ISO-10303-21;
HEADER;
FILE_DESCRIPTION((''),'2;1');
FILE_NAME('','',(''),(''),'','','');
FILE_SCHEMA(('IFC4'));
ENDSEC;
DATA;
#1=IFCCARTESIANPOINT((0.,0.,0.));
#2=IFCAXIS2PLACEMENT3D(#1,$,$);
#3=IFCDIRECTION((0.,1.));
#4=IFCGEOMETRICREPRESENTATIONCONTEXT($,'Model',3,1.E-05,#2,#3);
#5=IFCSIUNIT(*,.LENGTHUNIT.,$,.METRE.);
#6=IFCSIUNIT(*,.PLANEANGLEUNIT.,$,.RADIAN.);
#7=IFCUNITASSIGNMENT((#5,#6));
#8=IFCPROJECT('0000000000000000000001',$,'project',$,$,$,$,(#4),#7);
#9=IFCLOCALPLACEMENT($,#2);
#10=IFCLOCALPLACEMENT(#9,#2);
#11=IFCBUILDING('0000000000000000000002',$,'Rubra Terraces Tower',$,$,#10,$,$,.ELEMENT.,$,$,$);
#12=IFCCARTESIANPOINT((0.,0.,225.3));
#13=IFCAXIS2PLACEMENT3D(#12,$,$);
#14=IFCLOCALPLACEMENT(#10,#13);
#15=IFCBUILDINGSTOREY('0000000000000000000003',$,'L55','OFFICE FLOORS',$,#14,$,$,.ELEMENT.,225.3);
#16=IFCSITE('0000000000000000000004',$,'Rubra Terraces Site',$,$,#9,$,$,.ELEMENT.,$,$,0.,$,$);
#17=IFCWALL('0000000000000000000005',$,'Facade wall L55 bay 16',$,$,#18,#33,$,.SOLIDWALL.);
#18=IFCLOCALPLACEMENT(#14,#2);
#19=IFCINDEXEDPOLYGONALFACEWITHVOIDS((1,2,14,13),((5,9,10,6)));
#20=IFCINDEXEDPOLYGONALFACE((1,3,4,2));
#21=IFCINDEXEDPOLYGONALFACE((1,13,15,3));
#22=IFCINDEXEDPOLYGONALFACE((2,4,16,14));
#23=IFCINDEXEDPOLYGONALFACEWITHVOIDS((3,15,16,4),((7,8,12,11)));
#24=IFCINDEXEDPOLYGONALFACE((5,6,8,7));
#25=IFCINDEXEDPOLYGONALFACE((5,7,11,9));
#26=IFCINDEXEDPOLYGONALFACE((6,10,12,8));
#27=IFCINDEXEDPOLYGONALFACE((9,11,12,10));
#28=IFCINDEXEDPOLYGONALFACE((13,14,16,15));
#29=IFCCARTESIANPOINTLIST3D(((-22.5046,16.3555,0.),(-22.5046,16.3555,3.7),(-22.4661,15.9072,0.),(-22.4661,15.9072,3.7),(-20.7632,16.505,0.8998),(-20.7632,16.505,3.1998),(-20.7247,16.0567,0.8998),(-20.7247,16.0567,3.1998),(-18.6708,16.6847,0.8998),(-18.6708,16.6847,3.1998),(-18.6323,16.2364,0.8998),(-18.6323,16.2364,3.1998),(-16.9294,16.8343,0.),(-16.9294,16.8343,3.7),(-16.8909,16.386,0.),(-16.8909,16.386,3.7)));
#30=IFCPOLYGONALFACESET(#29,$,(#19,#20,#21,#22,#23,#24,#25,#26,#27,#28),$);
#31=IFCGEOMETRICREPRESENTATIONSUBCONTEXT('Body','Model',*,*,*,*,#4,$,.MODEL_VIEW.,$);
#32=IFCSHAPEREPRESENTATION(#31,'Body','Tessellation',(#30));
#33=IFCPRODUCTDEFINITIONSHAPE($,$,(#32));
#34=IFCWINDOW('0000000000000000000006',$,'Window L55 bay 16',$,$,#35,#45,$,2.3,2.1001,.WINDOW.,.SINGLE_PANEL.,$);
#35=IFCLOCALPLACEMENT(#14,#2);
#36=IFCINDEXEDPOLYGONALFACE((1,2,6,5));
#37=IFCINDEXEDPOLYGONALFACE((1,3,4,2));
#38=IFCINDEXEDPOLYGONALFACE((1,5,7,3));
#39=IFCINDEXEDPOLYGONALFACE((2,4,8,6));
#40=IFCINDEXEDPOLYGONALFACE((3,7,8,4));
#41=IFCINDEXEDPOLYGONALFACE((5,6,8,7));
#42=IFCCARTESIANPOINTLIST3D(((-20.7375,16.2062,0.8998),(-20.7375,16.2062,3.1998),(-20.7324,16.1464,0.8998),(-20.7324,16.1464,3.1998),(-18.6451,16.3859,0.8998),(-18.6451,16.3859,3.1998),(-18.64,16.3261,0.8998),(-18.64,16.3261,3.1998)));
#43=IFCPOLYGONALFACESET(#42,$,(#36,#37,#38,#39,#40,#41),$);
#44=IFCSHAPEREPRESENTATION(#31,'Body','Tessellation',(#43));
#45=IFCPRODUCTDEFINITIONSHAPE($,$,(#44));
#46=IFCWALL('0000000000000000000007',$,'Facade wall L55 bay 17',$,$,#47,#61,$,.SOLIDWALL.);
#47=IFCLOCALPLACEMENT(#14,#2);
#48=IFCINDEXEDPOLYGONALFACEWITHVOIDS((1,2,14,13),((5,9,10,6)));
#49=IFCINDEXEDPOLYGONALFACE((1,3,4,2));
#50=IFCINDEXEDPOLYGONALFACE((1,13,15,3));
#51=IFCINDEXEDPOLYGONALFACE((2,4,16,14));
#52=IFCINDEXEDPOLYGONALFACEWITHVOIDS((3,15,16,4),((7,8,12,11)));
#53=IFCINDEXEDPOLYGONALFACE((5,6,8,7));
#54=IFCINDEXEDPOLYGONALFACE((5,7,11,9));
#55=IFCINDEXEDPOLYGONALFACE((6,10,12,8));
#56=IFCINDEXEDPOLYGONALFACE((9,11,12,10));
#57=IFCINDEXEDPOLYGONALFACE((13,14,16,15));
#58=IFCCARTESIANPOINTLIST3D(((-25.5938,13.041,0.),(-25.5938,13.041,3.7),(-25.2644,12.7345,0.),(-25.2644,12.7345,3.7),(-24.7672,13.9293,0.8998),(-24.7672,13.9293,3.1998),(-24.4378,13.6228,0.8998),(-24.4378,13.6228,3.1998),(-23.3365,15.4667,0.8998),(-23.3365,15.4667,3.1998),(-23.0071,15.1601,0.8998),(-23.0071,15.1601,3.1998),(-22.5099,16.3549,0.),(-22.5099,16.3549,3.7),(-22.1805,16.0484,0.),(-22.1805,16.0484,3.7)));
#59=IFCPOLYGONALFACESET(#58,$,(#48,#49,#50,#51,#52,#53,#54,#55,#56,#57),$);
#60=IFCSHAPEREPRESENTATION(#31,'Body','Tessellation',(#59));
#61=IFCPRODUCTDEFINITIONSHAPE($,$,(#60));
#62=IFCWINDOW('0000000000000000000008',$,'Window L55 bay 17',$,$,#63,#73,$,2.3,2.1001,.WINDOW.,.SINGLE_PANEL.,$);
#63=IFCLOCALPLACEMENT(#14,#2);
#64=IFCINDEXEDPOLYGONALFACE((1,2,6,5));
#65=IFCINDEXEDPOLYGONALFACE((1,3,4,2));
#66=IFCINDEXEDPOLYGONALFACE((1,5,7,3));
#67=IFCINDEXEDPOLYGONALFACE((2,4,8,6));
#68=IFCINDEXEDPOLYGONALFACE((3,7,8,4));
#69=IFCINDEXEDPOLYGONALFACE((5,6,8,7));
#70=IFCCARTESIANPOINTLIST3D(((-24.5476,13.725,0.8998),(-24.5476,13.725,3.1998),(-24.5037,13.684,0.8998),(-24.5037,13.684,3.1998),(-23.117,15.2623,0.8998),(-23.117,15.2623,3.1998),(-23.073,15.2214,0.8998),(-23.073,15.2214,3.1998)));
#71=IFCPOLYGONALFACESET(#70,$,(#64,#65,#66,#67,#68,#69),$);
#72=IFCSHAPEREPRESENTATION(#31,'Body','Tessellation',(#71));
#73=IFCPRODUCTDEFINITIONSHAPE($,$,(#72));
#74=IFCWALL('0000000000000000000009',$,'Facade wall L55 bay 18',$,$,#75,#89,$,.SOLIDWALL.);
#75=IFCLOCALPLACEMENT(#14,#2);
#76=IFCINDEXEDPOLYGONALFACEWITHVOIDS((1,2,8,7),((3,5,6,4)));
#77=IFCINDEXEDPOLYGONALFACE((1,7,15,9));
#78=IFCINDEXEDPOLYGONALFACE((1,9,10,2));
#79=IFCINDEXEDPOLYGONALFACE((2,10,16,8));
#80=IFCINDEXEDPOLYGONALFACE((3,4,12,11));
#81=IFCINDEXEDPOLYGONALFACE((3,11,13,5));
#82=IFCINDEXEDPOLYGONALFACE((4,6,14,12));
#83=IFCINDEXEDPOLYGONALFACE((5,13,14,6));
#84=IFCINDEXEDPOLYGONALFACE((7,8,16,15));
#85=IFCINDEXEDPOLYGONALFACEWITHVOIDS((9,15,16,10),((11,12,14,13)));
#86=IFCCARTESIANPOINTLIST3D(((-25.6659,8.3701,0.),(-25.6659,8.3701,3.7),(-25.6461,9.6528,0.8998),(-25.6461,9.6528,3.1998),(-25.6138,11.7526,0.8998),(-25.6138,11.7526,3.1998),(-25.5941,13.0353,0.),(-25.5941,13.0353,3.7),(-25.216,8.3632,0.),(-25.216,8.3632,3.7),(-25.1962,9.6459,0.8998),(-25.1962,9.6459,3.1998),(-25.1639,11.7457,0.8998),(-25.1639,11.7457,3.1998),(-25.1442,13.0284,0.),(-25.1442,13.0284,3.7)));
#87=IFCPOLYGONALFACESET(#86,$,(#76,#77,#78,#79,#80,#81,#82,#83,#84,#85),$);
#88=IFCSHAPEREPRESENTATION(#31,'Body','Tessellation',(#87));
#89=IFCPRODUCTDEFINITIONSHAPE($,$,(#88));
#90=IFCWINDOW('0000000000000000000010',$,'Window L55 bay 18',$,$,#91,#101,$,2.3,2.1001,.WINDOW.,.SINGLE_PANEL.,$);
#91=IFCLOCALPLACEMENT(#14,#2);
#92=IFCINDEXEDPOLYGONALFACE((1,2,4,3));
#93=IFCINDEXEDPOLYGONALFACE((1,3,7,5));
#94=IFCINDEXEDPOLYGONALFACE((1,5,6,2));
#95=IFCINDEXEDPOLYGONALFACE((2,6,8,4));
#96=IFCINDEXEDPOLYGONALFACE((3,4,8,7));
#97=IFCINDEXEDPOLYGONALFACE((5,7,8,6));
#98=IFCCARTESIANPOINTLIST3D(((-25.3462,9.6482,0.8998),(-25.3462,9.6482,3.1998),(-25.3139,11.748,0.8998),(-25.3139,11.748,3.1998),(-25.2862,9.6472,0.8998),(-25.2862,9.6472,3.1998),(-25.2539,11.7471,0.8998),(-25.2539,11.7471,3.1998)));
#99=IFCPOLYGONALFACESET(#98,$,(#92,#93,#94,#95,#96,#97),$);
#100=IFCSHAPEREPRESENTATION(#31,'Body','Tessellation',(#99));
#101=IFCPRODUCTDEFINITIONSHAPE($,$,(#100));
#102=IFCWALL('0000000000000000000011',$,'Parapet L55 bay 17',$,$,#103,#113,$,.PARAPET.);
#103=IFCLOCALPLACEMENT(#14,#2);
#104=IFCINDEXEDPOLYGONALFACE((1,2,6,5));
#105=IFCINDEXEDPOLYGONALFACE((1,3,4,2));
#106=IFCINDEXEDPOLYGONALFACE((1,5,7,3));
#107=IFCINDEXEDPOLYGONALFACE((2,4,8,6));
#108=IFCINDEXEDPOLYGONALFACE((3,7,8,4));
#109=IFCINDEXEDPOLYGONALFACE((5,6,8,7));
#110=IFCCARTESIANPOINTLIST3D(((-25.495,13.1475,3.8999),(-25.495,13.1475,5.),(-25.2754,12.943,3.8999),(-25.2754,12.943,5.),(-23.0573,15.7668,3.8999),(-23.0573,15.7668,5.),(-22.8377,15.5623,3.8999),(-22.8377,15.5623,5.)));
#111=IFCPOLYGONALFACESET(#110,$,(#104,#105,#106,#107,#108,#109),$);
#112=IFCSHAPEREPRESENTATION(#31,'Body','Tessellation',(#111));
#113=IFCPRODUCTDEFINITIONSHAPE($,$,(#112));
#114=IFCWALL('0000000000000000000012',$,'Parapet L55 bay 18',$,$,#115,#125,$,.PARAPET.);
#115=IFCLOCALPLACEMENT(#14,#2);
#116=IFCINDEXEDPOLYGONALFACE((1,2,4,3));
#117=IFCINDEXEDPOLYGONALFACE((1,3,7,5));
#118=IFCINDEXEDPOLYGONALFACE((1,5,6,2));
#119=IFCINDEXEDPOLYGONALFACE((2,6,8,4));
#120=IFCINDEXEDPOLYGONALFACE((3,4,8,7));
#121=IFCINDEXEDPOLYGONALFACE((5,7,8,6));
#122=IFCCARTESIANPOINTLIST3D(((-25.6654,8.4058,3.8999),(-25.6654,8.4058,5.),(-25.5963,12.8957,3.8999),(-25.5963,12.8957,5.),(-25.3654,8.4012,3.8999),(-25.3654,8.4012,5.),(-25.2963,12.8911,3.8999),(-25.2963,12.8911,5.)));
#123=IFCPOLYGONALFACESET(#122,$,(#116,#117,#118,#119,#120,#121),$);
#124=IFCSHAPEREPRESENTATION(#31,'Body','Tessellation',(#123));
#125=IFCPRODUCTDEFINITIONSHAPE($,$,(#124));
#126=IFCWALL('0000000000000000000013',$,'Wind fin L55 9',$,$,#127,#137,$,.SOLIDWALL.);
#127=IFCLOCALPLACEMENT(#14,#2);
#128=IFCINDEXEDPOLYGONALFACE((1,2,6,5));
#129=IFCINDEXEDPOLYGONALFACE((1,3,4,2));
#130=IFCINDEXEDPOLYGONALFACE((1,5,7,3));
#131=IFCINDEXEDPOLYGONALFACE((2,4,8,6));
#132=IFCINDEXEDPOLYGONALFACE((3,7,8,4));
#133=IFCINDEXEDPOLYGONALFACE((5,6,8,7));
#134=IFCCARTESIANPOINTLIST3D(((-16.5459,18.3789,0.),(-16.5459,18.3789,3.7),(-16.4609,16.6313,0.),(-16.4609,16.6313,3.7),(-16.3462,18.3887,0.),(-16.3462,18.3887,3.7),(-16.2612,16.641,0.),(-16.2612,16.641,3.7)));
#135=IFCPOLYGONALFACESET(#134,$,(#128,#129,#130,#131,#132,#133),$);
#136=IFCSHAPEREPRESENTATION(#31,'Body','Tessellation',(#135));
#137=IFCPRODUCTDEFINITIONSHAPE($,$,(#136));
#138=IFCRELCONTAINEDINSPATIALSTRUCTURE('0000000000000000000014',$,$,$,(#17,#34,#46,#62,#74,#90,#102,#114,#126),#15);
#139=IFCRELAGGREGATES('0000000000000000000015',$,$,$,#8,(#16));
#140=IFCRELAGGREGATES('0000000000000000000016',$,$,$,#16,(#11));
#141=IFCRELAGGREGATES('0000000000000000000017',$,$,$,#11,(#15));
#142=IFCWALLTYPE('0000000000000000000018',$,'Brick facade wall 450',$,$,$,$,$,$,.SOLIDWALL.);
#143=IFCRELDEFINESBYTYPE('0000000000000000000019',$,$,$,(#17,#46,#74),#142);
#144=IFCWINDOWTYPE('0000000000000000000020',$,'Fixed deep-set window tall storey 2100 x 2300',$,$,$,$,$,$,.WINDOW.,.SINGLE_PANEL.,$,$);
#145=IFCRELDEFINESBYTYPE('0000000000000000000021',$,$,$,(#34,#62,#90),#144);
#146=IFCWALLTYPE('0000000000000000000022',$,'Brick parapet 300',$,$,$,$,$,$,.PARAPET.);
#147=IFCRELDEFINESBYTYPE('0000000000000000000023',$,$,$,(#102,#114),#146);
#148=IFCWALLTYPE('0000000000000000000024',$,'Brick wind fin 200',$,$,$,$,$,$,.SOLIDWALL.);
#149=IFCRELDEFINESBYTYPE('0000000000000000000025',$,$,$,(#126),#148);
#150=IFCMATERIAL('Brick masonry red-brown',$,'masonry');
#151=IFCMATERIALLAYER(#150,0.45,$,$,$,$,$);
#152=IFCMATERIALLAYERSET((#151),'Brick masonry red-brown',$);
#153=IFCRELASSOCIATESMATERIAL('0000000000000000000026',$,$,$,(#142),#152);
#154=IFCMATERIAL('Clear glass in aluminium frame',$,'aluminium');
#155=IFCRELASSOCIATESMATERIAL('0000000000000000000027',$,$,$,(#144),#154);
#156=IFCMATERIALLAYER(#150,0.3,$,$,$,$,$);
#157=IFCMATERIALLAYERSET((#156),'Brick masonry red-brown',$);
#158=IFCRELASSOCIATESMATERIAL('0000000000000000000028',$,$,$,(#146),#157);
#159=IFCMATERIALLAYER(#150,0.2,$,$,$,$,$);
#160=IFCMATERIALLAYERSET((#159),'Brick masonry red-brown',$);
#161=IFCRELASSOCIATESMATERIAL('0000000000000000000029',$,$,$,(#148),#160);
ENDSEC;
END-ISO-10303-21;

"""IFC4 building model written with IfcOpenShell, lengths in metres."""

from ifc_helpers import new_model, si_unit, direction, frame, frame_2d, origin, place, context, subcontext, project, spatial, rectangle, extrude, material, layer, layer_set, type_object, element, fill, save


model = new_model("IFC4")

# Units and contexts
model_context = context("Model", 3, precision=1e-05, world=origin(), true_north=direction((0.0, 1.0)))
body_context = subcontext(model_context, "Body", "Model", "MODEL_VIEW")
ifc_project = project(units=[si_unit("LENGTHUNIT", "METRE"), si_unit("PLANEANGLEUNIT", "RADIAN")], contexts=[model_context])

# Site, building, storey
site_placement = place(None, origin())
site = spatial("IfcSite", under=ifc_project, at=site_placement, Name="Rubra Terraces Site", CompositionType="ELEMENT", RefElevation=0.0)
building_placement = place(site_placement, origin())
building = spatial("IfcBuilding", under=site, at=building_placement, Name="Rubra Terraces Tower", CompositionType="ELEMENT")
storey_placement = place(building_placement, frame((0.0, 0.0, 225.3)))
storey = spatial("IfcBuildingStorey", under=building, at=storey_placement, Name="L55", Description="OFFICE FLOORS", CompositionType="ELEMENT", Elevation=225.3)

# Walls, openings, windows
ifc_material_1 = material(Name="Brick masonry red-brown", Category="masonry")
ifc_layer_1 = layer(ifc_material_1, 0.45)
ifc_layer_set_1 = layer_set([ifc_layer_1], Name="Brick masonry red-brown")
wall_type_1 = type_object("IfcWallType", Name="Brick facade wall 450", PredefinedType="SOLIDWALL", material=ifc_layer_set_1)
ifc_material_2 = material(Name="Clear glass in aluminium frame", Category="aluminium")
wall_1_placement = place(storey_placement, frame((-16.9102, 16.6101, 0.0), z_axis=(0.0, 0.0, 1.0), x_axis=(-0.996333, -0.085558, 0.0)))
wall_1 = element("IfcWall", 1, at=wall_1_placement, inside=storey, type_object=wall_type_1, Name="Facade wall L55 bay 16", PredefinedType="SOLIDWALL", context=body_context, shape_type="SweptSolid", body=[
    extrude(rectangle(XDim=5.5957, YDim=0.45, at=frame_2d((2.7979, 0.0))), origin(), (0.0, 0.0, 1.0), 3.7),
])
opening_1_placement = place(wall_1_placement, frame((1.7478, 0.0, 0.8999)))
opening_1 = element("IfcOpeningElement", 2, at=opening_1_placement, cuts=wall_1, PredefinedType="OPENING", context=body_context, shape_type="SweptSolid", body=[
    extrude(rectangle(XDim=2.1001, YDim=2.3, at=frame_2d((1.05, 1.1499))), frame((0.0, 0.2349, 0.0), z_axis=(0.0, -1.0, 0.0), x_axis=(1.0, 0.0, 0.0)), (0.0, 0.0, 1.0), 0.47),
])
window_type_1 = type_object("IfcWindowType", Name="Fixed deep-set window tall storey 2100 x 2300", PartitioningType="SINGLE_PANEL", PredefinedType="WINDOW", material=ifc_material_2)
window_1_placement = place(opening_1_placement, origin())
window_1 = element("IfcWindow", 3, at=window_1_placement, inside=storey, type_object=window_type_1, Name="Window L55 bay 16", OverallHeight=2.3, OverallWidth=2.1001, PartitioningType="SINGLE_PANEL", PredefinedType="WINDOW", context=body_context, shape_type="SweptSolid", body=[
    extrude(rectangle(XDim=2.1001, YDim=2.3, at=frame_2d((1.05, 1.1499))), frame((0.0, 0.135, 0.0), z_axis=(0.0, -1.0, 0.0), x_axis=(1.0, 0.0, 0.0)), (0.0, 0.0, 1.0), 0.0601),
])
fill(opening_1, window_1)
wall_2_placement = place(storey_placement, frame((-22.3452, 16.2017, 0.0), z_axis=(0.0, 0.0, 1.0), x_axis=(-0.681249, -0.732052, 0.0)))
wall_2 = element("IfcWall", 4, at=wall_2_placement, inside=storey, type_object=wall_type_1, Name="Facade wall L55 bay 17", PredefinedType="SOLIDWALL", context=body_context, shape_type="SweptSolid", body=[
    extrude(rectangle(XDim=4.5269, YDim=0.45, at=frame_2d((2.2634, 0.0))), origin(), (0.0, 0.0, 1.0), 3.7),
])
opening_2_placement = place(wall_2_placement, frame((1.2134, 0.0, 0.8999)))
opening_2 = element("IfcOpeningElement", 5, at=opening_2_placement, cuts=wall_2, PredefinedType="OPENING", context=body_context, shape_type="SweptSolid", body=[
    extrude(rectangle(XDim=2.1001, YDim=2.3, at=frame_2d((1.05, 1.1499))), frame((0.0, 0.2349, 0.0), z_axis=(0.0, -1.0, 0.0), x_axis=(1.0, 0.0, 0.0)), (0.0, 0.0, 1.0), 0.47),
])
window_2_placement = place(opening_2_placement, origin())
window_2 = element("IfcWindow", 6, at=window_2_placement, inside=storey, type_object=window_type_1, Name="Window L55 bay 17", OverallHeight=2.3, OverallWidth=2.1001, PartitioningType="SINGLE_PANEL", PredefinedType="WINDOW", context=body_context, shape_type="SweptSolid", body=[
    extrude(rectangle(XDim=2.1001, YDim=2.3, at=frame_2d((1.05, 1.1499))), frame((0.0, 0.135, 0.0), z_axis=(0.0, -1.0, 0.0), x_axis=(1.0, 0.0, 0.0)), (0.0, 0.0, 1.0), 0.0601),
])
fill(opening_2, window_2)
wall_3_placement = place(storey_placement, frame((-25.3691, 13.032, 0.0), z_axis=(0.0, 0.0, 1.0), x_axis=(-0.015384, -0.999882, 0.0)))
wall_3 = element("IfcWall", 7, at=wall_3_placement, inside=storey, type_object=wall_type_1, Name="Facade wall L55 bay 18", PredefinedType="SOLIDWALL", context=body_context, shape_type="SweptSolid", body=[
    extrude(rectangle(XDim=4.6658, YDim=0.45, at=frame_2d((2.333, 0.0))), origin(), (0.0, 0.0, 1.0), 3.7),
])
opening_3_placement = place(wall_3_placement, frame((1.283, 0.0, 0.8999)))
opening_3 = element("IfcOpeningElement", 8, at=opening_3_placement, cuts=wall_3, PredefinedType="OPENING", context=body_context, shape_type="SweptSolid", body=[
    extrude(rectangle(XDim=2.1001, YDim=2.3, at=frame_2d((1.05, 1.1499))), frame((0.0, 0.2349, 0.0), z_axis=(0.0, -1.0, 0.0), x_axis=(1.0, 0.0, 0.0)), (0.0, 0.0, 1.0), 0.47),
])
window_3_placement = place(opening_3_placement, origin())
window_3 = element("IfcWindow", 9, at=window_3_placement, inside=storey, type_object=window_type_1, Name="Window L55 bay 18", OverallHeight=2.3, OverallWidth=2.1001, PartitioningType="SINGLE_PANEL", PredefinedType="WINDOW", context=body_context, shape_type="SweptSolid", body=[
    extrude(rectangle(XDim=2.1001, YDim=2.3, at=frame_2d((1.05, 1.1499))), frame((0.0, 0.135, 0.0), z_axis=(0.0, -1.0, 0.0), x_axis=(1.0, 0.0, 0.0)), (0.0, 0.0, 1.0), 0.0601),
])
fill(opening_3, window_3)

# Walls
ifc_layer_2 = layer(ifc_material_1, 0.3)
ifc_layer_set_2 = layer_set([ifc_layer_2], Name="Brick masonry red-brown")
wall_type_2 = type_object("IfcWallType", Name="Brick parapet 300", PredefinedType="PARAPET", material=ifc_layer_set_2)
wall_4_placement = place(storey_placement, frame((-22.9475, 15.6646, 3.8999), z_axis=(0.0, 0.0, 1.0), x_axis=(-0.68127, -0.732032, 0.0)))
element("IfcWall", 10, at=wall_4_placement, inside=storey, type_object=wall_type_2, Name="Parapet L55 bay 17", PredefinedType="PARAPET", context=body_context, shape_type="SweptSolid", body=[
    extrude(rectangle(XDim=3.5781, YDim=0.3, at=frame_2d((1.7891, 0.0))), origin(), (0.0, 0.0, 1.0), 1.1001),
])
wall_5_placement = place(storey_placement, frame((-25.4463, 12.8933, 3.8999), z_axis=(0.0, 0.0, 1.0), x_axis=(-0.015386, -0.999882, 0.0)))
element("IfcWall", 11, at=wall_5_placement, inside=storey, type_object=wall_type_2, Name="Parapet L55 bay 18", PredefinedType="PARAPET", context=body_context, shape_type="SweptSolid", body=[
    extrude(rectangle(XDim=4.4905, YDim=0.3, at=frame_2d((2.2451, 0.0))), origin(), (0.0, 0.0, 1.0), 1.1001),
])
ifc_layer_3 = layer(ifc_material_1, 0.2)
ifc_layer_set_3 = layer_set([ifc_layer_3], Name="Brick masonry red-brown")
wall_type_3 = type_object("IfcWallType", Name="Brick wind fin 200", PredefinedType="SOLIDWALL", material=ifc_layer_set_3)
wall_6_placement = place(storey_placement, frame((-16.3611, 16.636, 0.0), z_axis=(0.0, 0.0, 1.0), x_axis=(-0.048553, 0.998821, 0.0)))
element("IfcWall", 12, at=wall_6_placement, inside=storey, type_object=wall_type_3, Name="Wind fin L55 9", PredefinedType="SOLIDWALL", context=body_context, shape_type="SweptSolid", body=[
    extrude(rectangle(XDim=1.7498, YDim=0.2, at=frame_2d((0.875, 0.0))), origin(), (0.0, 0.0, 1.0), 3.7),
])

save(model, "model.ifc")
